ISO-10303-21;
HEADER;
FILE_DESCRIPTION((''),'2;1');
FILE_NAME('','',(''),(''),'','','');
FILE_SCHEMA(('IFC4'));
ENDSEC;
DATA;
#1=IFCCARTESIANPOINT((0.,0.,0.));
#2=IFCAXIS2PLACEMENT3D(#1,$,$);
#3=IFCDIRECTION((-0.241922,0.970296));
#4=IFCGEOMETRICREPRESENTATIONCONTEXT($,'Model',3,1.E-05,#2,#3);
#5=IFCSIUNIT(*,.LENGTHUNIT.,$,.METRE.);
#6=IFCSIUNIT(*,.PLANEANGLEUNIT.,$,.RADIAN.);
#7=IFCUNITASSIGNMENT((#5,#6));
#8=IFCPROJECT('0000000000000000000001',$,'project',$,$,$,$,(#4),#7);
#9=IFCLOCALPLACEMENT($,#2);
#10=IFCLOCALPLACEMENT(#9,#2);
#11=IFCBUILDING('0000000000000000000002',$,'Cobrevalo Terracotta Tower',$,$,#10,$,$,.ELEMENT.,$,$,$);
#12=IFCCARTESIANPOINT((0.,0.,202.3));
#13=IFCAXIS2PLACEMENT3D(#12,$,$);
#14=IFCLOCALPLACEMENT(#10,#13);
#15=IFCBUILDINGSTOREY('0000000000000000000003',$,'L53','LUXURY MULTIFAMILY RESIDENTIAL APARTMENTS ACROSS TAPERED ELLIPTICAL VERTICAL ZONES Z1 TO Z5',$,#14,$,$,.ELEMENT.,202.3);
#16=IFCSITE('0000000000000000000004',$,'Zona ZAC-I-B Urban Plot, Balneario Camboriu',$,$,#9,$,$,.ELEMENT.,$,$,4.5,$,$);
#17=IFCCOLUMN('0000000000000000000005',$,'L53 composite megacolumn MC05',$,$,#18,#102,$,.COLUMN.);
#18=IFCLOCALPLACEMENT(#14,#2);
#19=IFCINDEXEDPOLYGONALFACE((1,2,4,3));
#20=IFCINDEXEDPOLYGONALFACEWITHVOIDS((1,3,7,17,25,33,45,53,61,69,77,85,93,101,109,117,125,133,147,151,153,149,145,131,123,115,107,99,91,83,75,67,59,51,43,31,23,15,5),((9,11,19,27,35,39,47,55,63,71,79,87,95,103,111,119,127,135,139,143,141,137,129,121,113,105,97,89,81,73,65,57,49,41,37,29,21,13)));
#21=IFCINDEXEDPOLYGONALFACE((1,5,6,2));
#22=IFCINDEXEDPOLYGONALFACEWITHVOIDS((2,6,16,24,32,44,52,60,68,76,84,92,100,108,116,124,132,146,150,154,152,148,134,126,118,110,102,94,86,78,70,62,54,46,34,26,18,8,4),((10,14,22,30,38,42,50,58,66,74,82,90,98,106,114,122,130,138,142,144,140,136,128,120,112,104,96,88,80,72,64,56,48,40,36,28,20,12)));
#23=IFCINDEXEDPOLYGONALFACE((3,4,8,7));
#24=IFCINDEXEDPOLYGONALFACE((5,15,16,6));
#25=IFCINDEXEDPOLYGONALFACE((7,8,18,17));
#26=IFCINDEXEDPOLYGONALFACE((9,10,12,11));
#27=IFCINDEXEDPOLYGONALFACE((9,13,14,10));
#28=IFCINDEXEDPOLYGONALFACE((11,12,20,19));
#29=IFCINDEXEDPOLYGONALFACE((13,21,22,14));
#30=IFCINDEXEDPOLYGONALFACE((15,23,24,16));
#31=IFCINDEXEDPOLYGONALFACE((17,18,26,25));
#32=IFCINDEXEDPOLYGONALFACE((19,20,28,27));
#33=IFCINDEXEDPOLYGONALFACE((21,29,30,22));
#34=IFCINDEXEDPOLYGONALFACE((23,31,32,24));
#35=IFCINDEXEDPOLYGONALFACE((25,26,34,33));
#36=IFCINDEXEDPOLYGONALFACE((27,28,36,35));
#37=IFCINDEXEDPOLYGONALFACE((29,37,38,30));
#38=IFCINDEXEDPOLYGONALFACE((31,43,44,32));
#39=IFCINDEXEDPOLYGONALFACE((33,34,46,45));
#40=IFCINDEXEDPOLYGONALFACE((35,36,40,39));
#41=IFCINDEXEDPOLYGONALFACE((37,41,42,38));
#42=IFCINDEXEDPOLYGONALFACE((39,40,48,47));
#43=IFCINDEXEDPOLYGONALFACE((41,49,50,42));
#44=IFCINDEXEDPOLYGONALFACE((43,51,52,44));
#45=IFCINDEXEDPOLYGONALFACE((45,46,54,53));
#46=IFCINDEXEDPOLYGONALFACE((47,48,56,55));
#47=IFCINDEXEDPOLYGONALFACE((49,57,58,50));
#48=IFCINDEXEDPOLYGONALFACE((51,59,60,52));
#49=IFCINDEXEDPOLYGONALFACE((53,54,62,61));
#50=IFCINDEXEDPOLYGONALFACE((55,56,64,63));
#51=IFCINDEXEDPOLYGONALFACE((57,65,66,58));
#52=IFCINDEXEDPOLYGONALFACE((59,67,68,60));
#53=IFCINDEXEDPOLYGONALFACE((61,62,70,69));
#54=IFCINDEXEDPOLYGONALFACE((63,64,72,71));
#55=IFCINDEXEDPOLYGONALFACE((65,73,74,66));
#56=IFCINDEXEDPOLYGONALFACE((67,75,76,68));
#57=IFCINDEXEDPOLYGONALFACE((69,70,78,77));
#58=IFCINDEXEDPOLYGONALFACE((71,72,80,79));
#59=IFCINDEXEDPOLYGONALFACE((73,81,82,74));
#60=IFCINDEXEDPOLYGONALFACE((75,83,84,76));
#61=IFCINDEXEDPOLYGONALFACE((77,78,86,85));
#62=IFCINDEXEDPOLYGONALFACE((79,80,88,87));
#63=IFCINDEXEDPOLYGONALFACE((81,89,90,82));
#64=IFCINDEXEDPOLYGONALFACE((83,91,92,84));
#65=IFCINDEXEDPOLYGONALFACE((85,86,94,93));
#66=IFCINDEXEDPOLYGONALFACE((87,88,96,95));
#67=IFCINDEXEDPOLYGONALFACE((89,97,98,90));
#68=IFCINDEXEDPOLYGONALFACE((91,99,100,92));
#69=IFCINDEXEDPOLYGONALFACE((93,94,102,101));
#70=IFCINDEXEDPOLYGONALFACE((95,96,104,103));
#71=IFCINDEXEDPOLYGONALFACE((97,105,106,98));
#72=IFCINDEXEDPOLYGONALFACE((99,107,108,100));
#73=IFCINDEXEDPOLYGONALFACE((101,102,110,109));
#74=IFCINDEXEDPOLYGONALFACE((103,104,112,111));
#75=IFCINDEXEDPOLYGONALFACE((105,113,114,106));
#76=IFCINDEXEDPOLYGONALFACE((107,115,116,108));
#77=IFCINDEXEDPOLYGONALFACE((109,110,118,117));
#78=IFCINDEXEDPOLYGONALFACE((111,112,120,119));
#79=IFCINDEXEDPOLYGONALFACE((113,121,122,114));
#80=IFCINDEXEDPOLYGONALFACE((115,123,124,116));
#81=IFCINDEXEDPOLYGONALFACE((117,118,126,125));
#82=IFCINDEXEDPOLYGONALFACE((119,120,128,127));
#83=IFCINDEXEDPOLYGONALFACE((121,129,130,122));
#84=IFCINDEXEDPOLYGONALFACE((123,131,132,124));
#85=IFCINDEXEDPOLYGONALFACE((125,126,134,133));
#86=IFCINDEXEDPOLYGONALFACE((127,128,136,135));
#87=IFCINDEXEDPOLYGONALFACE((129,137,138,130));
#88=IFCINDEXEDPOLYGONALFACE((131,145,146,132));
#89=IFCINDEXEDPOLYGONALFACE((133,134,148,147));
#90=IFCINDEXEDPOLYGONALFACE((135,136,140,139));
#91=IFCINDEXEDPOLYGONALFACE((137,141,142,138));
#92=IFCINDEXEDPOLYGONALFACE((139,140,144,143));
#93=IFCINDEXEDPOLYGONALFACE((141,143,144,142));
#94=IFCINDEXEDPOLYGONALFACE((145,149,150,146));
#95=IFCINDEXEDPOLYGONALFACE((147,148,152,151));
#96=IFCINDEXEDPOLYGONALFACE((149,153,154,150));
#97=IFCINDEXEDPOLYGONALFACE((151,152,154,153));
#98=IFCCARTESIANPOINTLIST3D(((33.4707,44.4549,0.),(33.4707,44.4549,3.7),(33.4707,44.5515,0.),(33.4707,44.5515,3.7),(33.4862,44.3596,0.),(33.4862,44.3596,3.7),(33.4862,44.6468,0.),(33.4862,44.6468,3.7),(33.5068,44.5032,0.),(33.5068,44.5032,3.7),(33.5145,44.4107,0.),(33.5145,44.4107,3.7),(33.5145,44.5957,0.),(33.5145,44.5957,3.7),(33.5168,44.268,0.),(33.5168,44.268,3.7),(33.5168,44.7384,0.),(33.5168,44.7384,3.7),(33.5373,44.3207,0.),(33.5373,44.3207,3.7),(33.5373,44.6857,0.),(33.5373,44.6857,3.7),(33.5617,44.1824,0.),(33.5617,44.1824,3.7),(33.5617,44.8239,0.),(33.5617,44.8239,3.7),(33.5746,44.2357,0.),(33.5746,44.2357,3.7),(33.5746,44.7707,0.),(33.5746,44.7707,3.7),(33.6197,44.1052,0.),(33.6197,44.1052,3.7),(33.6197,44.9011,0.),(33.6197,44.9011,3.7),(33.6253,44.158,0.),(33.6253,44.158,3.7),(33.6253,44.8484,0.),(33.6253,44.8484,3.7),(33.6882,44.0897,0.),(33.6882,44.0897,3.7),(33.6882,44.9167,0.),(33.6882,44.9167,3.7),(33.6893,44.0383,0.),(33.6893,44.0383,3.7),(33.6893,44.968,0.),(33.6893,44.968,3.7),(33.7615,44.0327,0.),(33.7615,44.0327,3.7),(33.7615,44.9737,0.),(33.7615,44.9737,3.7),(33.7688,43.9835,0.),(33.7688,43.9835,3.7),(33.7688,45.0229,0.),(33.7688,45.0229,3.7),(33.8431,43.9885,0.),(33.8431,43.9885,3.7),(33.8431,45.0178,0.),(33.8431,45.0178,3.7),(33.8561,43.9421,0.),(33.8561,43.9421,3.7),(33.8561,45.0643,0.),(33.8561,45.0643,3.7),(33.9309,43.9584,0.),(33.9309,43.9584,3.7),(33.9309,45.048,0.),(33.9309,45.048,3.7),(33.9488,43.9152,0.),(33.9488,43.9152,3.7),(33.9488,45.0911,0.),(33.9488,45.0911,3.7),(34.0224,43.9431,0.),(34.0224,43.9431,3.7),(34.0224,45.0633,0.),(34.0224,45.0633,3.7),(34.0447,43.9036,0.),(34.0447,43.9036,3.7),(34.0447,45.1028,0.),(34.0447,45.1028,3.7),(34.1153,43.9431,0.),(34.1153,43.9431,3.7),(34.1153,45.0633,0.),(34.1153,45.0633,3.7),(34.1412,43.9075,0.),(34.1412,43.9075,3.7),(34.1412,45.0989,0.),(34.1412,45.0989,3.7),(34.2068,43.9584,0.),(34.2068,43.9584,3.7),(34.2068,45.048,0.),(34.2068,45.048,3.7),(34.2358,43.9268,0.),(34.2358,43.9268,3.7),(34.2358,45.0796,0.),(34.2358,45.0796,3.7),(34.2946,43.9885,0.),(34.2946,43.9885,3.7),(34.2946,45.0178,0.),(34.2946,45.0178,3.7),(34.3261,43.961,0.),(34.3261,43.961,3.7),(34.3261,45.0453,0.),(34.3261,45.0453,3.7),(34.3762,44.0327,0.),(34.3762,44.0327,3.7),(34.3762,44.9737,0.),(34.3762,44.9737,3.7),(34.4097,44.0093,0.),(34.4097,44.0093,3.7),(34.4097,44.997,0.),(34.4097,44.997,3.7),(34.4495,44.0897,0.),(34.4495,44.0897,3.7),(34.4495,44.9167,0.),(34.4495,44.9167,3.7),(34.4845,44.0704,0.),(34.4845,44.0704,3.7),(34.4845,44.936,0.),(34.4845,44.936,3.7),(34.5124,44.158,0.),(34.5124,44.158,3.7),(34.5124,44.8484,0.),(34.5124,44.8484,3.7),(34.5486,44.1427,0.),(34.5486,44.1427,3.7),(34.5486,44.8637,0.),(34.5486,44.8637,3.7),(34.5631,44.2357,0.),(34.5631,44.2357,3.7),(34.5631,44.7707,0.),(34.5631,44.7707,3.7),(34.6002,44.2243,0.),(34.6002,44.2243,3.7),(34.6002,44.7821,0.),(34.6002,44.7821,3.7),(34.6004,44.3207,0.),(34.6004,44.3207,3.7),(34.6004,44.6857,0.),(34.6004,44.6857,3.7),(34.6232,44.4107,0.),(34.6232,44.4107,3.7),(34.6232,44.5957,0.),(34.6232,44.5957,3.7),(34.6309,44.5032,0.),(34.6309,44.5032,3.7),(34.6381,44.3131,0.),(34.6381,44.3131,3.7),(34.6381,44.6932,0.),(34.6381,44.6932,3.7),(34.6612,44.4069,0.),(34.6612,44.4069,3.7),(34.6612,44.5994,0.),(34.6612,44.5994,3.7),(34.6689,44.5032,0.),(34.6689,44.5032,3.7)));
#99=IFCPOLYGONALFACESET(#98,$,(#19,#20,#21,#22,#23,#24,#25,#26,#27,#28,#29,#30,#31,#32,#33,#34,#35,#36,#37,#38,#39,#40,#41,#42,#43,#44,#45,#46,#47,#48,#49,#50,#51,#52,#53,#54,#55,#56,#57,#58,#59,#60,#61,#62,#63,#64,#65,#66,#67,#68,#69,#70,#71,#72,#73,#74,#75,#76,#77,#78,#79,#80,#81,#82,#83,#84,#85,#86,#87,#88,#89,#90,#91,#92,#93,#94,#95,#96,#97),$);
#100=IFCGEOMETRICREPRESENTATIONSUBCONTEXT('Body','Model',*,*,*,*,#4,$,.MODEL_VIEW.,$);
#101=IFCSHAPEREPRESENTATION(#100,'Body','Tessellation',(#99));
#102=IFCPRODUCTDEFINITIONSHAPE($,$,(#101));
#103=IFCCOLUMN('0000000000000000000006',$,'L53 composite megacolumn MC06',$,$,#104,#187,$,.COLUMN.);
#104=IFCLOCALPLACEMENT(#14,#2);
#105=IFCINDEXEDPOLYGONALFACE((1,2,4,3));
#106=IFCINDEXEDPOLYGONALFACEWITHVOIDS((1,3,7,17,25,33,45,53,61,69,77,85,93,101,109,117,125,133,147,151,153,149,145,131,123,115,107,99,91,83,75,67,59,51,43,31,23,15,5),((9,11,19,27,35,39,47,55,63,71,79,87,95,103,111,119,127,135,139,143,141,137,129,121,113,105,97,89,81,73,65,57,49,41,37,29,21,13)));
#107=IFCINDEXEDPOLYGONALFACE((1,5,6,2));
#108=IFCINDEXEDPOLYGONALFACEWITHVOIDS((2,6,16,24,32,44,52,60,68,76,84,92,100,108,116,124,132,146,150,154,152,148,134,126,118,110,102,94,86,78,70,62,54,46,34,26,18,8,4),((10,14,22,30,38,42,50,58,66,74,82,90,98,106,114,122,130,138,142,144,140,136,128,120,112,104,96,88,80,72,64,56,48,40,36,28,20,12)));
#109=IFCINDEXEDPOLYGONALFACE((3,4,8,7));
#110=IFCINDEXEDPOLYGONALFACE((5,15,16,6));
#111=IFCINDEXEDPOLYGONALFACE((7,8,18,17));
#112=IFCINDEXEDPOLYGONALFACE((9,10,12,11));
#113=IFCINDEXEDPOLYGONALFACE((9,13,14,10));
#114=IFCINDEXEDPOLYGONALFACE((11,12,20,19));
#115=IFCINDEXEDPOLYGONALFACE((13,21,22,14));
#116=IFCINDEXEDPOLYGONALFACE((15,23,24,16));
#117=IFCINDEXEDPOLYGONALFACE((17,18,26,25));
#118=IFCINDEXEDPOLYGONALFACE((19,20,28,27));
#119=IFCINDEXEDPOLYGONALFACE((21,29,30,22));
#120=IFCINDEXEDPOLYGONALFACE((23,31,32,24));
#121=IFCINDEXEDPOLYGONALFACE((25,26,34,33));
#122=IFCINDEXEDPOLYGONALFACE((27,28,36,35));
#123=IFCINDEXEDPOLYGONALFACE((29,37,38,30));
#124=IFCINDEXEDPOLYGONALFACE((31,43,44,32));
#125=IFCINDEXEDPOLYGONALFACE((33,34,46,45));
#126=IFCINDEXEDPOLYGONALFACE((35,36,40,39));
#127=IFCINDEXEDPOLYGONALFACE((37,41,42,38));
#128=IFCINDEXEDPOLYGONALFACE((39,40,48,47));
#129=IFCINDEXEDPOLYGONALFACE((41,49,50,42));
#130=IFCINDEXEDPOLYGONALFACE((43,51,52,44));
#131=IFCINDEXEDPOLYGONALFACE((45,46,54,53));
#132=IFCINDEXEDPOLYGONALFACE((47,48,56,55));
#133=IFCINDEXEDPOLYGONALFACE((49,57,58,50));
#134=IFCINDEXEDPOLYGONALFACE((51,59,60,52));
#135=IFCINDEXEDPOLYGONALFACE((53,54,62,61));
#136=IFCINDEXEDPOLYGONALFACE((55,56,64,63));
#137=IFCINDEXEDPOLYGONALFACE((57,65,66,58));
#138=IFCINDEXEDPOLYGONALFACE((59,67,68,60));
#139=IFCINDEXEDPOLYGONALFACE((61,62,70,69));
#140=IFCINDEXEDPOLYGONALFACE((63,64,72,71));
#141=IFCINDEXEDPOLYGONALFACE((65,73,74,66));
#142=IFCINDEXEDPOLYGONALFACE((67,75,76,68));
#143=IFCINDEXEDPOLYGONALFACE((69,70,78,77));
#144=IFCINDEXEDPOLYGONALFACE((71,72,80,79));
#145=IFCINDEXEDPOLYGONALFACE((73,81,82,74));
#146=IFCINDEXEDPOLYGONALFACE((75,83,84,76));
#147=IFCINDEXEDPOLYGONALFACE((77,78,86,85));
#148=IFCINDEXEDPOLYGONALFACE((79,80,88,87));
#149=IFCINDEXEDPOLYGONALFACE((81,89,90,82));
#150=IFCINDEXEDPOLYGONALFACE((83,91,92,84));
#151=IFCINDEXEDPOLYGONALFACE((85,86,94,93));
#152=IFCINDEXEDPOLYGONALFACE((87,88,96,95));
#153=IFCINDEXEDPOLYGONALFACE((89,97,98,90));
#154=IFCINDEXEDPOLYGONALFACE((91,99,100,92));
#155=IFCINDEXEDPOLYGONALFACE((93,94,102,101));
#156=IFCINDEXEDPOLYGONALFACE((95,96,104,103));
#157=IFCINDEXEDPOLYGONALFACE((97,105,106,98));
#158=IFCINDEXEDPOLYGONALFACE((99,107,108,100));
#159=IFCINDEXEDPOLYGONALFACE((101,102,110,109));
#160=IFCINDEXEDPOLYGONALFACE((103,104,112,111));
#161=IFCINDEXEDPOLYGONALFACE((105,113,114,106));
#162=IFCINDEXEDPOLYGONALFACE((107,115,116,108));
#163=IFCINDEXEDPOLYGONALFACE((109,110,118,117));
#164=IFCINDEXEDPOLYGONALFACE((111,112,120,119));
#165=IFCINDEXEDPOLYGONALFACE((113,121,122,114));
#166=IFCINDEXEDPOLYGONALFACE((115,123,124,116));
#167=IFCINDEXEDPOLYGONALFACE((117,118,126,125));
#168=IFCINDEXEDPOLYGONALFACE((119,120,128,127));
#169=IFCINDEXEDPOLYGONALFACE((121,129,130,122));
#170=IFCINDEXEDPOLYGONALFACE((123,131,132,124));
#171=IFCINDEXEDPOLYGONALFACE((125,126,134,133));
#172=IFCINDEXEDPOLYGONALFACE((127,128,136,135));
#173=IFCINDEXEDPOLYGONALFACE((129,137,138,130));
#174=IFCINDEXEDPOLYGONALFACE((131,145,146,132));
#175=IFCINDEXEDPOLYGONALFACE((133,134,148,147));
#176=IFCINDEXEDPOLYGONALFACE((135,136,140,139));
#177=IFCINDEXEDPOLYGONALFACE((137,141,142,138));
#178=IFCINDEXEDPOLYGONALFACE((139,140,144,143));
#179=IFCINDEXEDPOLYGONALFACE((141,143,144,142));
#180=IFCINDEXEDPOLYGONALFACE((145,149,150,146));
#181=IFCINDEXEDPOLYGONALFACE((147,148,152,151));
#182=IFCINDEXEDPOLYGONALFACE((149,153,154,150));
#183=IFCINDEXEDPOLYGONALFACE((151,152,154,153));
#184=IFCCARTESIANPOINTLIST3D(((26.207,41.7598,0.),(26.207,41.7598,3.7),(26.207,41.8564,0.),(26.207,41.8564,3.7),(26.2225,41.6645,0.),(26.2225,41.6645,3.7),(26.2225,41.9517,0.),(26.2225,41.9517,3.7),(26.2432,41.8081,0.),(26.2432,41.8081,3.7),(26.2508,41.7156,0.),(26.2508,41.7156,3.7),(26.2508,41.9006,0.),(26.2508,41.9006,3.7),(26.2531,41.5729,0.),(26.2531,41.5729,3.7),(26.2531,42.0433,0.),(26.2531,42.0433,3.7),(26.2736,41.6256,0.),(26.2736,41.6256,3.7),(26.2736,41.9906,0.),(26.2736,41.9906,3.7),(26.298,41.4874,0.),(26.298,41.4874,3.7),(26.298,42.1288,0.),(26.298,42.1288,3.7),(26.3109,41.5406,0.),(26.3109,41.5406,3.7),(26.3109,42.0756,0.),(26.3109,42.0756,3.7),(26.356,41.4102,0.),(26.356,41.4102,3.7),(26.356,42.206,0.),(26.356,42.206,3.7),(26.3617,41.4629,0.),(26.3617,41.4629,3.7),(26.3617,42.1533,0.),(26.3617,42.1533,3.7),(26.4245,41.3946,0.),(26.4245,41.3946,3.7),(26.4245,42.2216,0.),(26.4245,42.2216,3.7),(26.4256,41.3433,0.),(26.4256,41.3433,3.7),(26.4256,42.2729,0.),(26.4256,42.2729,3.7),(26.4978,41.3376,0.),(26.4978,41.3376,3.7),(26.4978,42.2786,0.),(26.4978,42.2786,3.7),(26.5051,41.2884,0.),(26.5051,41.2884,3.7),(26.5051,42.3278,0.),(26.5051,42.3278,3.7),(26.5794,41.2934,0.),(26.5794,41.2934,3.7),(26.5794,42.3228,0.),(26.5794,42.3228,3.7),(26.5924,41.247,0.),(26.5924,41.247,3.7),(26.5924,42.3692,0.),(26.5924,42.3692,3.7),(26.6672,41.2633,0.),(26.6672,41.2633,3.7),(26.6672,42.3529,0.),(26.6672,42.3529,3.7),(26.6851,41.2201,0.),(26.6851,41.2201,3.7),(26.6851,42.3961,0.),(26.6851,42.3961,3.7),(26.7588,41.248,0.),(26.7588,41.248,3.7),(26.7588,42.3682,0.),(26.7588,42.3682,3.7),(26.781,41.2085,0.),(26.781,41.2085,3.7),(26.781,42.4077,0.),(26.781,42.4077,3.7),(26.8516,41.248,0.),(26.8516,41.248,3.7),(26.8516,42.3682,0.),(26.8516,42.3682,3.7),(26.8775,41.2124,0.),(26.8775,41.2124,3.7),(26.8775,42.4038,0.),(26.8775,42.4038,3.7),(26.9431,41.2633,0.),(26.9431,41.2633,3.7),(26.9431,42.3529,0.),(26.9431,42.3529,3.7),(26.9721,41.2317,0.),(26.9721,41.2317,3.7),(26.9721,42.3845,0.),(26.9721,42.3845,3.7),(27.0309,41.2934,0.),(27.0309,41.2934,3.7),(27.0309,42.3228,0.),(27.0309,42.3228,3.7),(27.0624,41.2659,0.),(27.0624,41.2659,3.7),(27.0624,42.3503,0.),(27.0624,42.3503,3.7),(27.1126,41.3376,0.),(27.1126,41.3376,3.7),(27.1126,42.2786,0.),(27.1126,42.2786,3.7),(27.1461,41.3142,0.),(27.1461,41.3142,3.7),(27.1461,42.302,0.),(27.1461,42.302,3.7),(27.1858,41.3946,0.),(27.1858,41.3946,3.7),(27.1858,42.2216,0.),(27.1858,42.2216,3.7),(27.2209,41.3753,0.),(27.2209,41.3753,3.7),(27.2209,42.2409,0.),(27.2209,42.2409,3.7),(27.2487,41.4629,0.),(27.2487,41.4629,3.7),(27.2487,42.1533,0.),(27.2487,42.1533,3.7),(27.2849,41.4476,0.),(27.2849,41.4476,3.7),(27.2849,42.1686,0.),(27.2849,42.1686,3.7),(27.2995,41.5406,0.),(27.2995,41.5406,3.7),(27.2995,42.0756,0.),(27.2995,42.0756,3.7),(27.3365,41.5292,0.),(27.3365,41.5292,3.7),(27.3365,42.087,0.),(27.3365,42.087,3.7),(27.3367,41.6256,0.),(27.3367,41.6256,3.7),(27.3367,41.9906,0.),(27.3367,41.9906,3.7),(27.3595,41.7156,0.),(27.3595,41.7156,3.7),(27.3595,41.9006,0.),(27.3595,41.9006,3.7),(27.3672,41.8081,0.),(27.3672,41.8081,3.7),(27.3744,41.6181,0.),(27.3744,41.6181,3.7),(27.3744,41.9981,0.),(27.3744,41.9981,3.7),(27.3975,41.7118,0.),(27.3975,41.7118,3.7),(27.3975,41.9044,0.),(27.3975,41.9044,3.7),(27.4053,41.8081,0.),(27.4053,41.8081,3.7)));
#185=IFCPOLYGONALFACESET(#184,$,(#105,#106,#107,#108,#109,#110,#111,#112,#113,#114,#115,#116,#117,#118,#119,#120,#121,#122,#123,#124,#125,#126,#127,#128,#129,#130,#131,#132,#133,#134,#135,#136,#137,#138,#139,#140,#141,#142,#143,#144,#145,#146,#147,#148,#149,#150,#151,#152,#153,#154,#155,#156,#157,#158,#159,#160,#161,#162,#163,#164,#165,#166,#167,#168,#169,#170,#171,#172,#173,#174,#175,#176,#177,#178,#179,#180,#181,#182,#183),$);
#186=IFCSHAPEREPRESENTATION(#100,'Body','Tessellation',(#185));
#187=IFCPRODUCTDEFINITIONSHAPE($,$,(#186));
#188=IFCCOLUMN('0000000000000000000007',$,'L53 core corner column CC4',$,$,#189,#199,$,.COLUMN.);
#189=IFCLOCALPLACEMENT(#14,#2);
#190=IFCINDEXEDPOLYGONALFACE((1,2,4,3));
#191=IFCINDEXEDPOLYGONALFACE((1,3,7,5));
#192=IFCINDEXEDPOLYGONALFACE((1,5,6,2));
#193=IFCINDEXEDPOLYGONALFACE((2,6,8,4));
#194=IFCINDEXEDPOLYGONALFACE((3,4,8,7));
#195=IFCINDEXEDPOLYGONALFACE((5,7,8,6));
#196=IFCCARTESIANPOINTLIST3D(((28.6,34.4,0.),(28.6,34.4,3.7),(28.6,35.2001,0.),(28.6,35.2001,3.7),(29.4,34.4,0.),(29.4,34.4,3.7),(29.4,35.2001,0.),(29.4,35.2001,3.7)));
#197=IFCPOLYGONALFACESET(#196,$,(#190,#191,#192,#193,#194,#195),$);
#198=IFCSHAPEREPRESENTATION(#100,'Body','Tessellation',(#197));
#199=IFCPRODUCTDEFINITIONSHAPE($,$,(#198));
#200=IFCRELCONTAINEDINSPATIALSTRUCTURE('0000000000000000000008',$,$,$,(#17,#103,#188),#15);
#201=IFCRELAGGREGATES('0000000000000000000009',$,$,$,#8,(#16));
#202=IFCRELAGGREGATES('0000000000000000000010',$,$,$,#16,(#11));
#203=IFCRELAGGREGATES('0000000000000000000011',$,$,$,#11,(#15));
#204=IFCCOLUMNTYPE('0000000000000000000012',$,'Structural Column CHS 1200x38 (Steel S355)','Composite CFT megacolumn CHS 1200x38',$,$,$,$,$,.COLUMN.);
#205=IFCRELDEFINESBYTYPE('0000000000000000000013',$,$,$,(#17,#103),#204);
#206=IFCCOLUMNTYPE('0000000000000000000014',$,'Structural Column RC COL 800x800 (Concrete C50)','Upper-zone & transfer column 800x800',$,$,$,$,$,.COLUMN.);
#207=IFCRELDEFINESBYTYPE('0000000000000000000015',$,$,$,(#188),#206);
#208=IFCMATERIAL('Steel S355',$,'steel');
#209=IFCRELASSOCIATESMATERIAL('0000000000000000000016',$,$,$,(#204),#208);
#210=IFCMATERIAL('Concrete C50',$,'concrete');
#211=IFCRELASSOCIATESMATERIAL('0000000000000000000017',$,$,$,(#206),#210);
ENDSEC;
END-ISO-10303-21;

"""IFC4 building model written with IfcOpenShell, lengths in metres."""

from ifc_helpers import new_model, si_unit, direction, frame, origin, origin_2d, place, context, subcontext, project, spatial, rectangle, hollow_circle, extrude, material, material_profile, profile_set, type_object, element, save


model = new_model("IFC4")

# Units and contexts
model_context = context("Model", 3, precision=1e-05, world=origin(), true_north=direction((-0.241922, 0.970296)))
body_context = subcontext(model_context, "Body", "Model", "MODEL_VIEW")
ifc_project = project(units=[si_unit("LENGTHUNIT", "METRE"), si_unit("PLANEANGLEUNIT", "RADIAN")], contexts=[model_context])

# Site, building, storey
site_placement = place(None, origin())
site = spatial("IfcSite", under=ifc_project, at=site_placement, Name="Zona ZAC-I-B Urban Plot, Balneario Camboriu", CompositionType="ELEMENT", RefElevation=4.5)
building_placement = place(site_placement, origin())
building = spatial("IfcBuilding", under=site, at=building_placement, Name="Cobrevalo Terracotta Tower", CompositionType="ELEMENT")
storey_placement = place(building_placement, frame((0.0, 0.0, 202.3)))
storey = spatial("IfcBuildingStorey", under=building, at=storey_placement, Name="L53", Description="LUXURY MULTIFAMILY RESIDENTIAL APARTMENTS ACROSS TAPERED ELLIPTICAL VERTICAL ZONES Z1 TO Z5", CompositionType="ELEMENT", Elevation=202.3)

# Columns
ifc_material_1 = material(Name="Steel S355", Category="steel")
ifc_material_profile_1 = material_profile(ifc_material_1, hollow_circle(Radius=0.6001, WallThickness=0.0381, at=origin_2d()), Name="CHS 1200x38")
ifc_profile_set_1 = profile_set([ifc_material_profile_1], Name="Steel S355")
column_type_1 = type_object("IfcColumnType", Name="Structural Column CHS 1200x38 (Steel S355)", Description="Composite CFT megacolumn CHS 1200x38", PredefinedType="COLUMN", material=ifc_profile_set_1)
for number, where, z_axis, x_axis, name in (
    (1, (34.0688, 44.5032, 0.0), (0.0, 0.0, 1.0), (1.0, 0.0, 0.0), "L53 composite megacolumn MC05"),
    (2, (26.8052, 41.8081, 0.0), (0.0, 0.0, 1.0), (1.0, 0.0, 0.0), "L53 composite megacolumn MC06"),
):
    element("IfcColumn", number, at=place(storey_placement, frame(where, z_axis=z_axis, x_axis=x_axis)), inside=storey, type_object=column_type_1, Name=name, PredefinedType="COLUMN", context=body_context, shape_type="SweptSolid", body=[
        extrude(hollow_circle(Radius=0.6001, WallThickness=0.0381, at=origin_2d()), origin(), (0.0, 0.0, 1.0), 3.7),
    ])
ifc_material_2 = material(Name="Concrete C50", Category="concrete")
ifc_material_profile_2 = material_profile(ifc_material_2, rectangle(XDim=0.8, YDim=0.8, at=origin_2d()), Name="RC COL 800x800")
ifc_profile_set_2 = profile_set([ifc_material_profile_2], Name="Concrete C50")
column_type_2 = type_object("IfcColumnType", Name="Structural Column RC COL 800x800 (Concrete C50)", Description="Upper-zone & transfer column 800x800", PredefinedType="COLUMN", material=ifc_profile_set_2)
column_placement = place(storey_placement, frame((29.0, 34.8, 0.0), z_axis=(0.0, 0.0, 1.0), x_axis=(1.0, 0.0, 0.0)))
element("IfcColumn", 3, at=column_placement, inside=storey, type_object=column_type_2, Name="L53 core corner column CC4", PredefinedType="COLUMN", context=body_context, shape_type="SweptSolid", body=[
    extrude(rectangle(XDim=0.8, YDim=0.8, at=origin_2d()), origin(), (0.0, 0.0, 1.0), 3.7),
])

save(model, "model.ifc")
